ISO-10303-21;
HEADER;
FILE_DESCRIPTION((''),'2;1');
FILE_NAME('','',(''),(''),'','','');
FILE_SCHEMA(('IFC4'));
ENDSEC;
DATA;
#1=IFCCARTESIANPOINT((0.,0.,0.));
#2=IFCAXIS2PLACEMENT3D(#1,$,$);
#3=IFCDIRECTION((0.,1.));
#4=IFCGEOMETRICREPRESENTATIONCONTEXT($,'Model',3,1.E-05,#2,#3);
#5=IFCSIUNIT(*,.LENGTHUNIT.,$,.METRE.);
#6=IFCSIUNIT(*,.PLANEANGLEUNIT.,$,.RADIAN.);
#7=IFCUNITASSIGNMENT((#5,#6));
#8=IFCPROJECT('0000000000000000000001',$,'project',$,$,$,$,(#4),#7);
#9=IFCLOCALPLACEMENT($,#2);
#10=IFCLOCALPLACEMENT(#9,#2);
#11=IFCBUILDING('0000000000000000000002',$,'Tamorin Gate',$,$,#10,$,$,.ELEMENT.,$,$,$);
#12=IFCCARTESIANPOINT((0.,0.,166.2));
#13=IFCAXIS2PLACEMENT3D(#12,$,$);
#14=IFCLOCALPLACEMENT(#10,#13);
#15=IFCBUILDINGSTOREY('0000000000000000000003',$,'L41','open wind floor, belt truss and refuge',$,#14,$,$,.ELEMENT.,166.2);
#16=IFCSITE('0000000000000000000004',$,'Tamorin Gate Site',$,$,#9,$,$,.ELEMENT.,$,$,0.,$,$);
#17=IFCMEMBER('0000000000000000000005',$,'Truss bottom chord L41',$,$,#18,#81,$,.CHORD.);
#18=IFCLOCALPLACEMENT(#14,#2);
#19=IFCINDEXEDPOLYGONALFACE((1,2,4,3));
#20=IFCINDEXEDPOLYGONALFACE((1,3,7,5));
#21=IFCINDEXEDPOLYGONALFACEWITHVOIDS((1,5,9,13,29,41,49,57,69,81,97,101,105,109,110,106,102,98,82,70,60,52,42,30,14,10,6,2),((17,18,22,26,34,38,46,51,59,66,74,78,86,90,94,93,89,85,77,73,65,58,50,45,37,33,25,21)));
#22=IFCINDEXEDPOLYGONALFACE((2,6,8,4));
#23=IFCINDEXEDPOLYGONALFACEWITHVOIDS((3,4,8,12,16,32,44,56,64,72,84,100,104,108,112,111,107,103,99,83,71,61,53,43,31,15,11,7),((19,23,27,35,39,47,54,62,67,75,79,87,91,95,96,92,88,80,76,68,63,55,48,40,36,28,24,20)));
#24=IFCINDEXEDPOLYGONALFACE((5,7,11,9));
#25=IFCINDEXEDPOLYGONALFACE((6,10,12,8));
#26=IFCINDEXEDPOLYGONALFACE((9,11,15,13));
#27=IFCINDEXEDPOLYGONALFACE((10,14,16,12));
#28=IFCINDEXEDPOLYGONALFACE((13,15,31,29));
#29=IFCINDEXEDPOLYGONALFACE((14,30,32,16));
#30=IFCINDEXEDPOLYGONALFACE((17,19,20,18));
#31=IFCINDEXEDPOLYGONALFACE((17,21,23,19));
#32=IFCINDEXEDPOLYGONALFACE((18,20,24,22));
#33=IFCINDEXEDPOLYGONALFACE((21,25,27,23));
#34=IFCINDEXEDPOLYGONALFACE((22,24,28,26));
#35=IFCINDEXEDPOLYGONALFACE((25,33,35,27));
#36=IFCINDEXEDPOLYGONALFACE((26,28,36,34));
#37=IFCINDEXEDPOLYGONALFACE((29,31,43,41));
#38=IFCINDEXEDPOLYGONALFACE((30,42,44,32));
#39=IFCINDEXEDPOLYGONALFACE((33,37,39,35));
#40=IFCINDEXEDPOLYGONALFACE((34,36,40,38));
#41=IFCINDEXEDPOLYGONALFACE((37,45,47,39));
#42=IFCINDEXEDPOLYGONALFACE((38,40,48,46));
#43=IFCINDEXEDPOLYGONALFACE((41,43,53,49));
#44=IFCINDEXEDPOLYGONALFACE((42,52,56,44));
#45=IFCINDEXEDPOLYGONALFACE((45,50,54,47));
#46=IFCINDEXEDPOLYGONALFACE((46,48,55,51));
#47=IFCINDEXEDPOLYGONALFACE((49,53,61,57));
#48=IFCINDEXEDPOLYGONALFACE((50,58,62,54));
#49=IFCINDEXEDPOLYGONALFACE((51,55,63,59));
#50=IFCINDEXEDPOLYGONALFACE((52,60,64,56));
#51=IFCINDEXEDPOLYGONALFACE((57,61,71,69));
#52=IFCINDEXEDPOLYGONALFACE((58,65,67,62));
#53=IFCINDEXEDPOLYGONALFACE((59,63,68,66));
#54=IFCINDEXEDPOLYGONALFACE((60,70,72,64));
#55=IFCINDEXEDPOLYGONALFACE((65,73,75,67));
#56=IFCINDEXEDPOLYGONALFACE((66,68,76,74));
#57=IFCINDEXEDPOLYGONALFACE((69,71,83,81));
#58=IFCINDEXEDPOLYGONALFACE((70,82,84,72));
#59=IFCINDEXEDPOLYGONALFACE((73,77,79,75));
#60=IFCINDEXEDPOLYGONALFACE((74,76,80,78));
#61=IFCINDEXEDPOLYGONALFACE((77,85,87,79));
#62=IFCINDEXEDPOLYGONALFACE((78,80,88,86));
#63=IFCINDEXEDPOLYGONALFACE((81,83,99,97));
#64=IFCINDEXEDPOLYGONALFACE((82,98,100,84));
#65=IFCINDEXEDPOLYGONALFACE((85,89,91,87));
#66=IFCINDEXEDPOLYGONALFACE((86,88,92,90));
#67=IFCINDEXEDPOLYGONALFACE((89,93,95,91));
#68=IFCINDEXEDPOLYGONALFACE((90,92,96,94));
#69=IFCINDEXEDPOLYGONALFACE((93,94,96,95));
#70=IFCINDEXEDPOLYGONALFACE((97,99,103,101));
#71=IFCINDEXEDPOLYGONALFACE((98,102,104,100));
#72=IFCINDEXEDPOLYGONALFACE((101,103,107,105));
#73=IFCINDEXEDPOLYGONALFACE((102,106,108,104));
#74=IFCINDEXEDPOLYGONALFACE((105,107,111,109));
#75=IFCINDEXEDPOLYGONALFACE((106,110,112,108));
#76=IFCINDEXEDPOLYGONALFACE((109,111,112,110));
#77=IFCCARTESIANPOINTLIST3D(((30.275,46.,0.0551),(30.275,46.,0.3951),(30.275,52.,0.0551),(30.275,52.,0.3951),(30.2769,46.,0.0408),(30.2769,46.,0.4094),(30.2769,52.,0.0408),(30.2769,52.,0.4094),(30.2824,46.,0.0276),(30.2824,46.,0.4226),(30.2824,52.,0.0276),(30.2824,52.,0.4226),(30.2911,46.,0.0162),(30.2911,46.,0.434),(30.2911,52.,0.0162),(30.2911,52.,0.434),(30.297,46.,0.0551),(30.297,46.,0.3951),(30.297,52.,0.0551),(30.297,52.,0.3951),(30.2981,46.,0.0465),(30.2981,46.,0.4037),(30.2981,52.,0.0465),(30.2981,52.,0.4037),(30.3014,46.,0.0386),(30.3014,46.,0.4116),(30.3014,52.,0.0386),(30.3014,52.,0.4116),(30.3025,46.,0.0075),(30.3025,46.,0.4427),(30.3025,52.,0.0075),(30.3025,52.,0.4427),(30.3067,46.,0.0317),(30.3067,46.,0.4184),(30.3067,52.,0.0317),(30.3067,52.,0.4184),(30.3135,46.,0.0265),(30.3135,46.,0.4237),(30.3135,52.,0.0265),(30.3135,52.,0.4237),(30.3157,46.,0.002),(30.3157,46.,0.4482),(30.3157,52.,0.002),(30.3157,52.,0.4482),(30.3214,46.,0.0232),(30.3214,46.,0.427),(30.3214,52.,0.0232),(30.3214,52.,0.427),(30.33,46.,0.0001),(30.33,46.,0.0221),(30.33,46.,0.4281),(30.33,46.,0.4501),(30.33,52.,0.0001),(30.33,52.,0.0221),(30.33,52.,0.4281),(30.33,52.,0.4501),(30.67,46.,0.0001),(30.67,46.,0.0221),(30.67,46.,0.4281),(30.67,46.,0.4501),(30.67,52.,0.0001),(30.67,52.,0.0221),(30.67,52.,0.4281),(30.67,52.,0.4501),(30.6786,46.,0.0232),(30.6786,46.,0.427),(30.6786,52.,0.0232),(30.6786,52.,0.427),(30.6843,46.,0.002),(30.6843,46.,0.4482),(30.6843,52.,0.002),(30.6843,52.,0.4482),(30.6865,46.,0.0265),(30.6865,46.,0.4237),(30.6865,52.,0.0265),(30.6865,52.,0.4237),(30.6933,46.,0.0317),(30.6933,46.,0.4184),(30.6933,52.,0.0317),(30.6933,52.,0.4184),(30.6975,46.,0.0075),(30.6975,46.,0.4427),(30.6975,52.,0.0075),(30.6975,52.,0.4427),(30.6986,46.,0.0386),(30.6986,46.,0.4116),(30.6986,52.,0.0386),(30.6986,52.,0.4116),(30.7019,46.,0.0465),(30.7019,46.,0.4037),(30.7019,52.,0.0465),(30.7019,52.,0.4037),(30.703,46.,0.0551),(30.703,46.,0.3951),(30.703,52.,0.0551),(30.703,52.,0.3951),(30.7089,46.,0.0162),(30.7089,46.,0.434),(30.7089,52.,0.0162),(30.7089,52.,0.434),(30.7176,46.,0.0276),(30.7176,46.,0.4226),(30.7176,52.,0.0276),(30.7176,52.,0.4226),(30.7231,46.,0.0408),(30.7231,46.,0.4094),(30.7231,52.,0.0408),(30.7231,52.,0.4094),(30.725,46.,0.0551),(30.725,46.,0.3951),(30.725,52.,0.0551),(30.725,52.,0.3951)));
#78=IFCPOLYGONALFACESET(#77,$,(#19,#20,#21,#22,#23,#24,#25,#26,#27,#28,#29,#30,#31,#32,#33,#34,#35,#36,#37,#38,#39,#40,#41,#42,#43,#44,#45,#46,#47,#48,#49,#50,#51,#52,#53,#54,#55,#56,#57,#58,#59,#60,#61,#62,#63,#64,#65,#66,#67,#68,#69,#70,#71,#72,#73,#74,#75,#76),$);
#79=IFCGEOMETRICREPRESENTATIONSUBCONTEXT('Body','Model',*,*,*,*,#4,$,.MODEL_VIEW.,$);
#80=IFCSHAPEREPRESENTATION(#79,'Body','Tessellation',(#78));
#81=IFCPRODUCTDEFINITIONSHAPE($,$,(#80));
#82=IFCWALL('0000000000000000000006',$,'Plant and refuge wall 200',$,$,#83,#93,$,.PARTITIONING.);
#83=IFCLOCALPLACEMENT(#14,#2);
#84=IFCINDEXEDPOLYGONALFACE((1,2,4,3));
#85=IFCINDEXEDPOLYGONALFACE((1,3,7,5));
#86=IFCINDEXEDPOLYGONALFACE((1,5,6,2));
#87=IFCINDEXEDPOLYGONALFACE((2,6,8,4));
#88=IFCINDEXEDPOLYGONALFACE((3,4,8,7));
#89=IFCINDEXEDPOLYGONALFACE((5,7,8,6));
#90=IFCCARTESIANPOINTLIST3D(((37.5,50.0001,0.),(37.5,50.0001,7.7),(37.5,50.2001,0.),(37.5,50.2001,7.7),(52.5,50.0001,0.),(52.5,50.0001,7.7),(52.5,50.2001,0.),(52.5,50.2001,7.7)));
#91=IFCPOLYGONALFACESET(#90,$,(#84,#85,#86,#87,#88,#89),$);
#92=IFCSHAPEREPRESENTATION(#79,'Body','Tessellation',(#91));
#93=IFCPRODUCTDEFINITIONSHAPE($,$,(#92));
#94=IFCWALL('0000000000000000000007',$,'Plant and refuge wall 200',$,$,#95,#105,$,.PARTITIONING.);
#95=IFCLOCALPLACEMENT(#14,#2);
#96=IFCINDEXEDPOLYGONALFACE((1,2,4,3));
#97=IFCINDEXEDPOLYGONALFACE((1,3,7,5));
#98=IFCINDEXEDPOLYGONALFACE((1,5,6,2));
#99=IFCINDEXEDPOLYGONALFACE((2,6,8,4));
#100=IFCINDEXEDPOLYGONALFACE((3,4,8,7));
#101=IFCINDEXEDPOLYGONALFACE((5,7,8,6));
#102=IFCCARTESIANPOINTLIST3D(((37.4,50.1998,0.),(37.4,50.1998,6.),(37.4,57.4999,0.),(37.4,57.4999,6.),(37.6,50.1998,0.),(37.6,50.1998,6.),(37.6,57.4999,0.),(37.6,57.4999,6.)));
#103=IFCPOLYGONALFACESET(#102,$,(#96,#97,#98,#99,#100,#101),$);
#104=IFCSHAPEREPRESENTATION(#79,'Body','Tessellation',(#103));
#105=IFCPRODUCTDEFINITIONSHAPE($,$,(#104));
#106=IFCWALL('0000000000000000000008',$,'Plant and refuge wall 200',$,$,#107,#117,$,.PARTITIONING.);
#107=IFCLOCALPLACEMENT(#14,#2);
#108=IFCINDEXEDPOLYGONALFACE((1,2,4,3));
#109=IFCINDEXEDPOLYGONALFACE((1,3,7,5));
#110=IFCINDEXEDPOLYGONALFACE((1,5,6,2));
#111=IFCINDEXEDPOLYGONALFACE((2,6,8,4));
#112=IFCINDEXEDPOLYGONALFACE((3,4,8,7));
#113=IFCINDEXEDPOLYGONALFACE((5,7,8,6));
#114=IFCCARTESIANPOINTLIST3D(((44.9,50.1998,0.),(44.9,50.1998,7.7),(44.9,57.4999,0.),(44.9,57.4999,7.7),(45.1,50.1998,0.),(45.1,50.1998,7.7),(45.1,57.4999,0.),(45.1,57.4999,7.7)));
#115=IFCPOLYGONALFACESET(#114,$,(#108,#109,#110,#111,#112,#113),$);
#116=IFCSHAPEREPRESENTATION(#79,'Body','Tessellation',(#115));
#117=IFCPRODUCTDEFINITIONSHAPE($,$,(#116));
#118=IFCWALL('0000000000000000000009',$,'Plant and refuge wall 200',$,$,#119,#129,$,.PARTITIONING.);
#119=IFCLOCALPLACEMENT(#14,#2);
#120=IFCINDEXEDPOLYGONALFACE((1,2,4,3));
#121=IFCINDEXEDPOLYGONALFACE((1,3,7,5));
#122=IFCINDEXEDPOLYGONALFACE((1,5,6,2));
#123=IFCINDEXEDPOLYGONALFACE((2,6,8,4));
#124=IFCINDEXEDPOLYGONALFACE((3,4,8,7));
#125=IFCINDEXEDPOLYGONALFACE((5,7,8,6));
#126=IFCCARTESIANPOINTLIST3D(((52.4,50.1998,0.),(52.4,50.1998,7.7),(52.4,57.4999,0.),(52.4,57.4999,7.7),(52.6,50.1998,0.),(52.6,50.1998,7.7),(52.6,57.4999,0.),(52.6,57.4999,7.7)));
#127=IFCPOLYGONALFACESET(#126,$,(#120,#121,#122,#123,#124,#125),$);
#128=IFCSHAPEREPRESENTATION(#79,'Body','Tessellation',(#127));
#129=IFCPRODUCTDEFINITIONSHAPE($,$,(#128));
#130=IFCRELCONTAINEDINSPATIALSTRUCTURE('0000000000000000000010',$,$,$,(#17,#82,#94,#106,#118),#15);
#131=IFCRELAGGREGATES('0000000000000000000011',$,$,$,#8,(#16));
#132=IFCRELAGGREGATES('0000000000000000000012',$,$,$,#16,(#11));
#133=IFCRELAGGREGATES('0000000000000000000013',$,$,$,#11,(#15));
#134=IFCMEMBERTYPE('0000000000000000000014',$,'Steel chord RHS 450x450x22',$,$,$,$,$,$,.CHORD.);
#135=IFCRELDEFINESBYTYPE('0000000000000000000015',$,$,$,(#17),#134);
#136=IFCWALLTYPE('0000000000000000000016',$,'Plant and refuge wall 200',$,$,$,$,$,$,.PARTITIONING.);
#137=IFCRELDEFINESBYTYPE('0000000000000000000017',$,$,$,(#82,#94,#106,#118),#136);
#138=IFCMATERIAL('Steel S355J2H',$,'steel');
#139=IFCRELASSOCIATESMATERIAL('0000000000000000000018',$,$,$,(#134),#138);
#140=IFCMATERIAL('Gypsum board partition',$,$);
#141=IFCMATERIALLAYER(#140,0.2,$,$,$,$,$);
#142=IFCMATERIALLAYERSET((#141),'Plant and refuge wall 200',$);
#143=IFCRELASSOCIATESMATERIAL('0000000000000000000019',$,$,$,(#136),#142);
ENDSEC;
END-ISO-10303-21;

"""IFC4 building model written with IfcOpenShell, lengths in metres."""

from ifc_helpers import new_model, si_unit, direction, frame, frame_2d, origin, origin_2d, place, context, subcontext, project, spatial, rectangle, hollow_rectangle, extrude, material, layer, layer_set, material_profile, profile_set, type_object, element, save


model = new_model("IFC4")

# Units and contexts
model_context = context("Model", 3, precision=1e-05, world=origin(), true_north=direction((0.0, 1.0)))
body_context = subcontext(model_context, "Body", "Model", "MODEL_VIEW")
ifc_project = project(units=[si_unit("LENGTHUNIT", "METRE"), si_unit("PLANEANGLEUNIT", "RADIAN")], contexts=[model_context])

# Site, building, storey
site_placement = place(None, origin())
site = spatial("IfcSite", under=ifc_project, at=site_placement, Name="Tamorin Gate Site", CompositionType="ELEMENT", RefElevation=0.0)
building_placement = place(site_placement, origin())
building = spatial("IfcBuilding", under=site, at=building_placement, Name="Tamorin Gate", CompositionType="ELEMENT")
storey_placement = place(building_placement, frame((0.0, 0.0, 166.2)))
storey = spatial("IfcBuildingStorey", under=building, at=storey_placement, Name="L41", Description="open wind floor, belt truss and refuge", CompositionType="ELEMENT", Elevation=166.2)

# Member
ifc_material_1 = material(Name="Steel S355J2H", Category="steel")
ifc_material_profile_1 = material_profile(ifc_material_1, hollow_rectangle(XDim=0.45, YDim=0.45, WallThickness=0.022, InnerFilletRadius=0.033, OuterFilletRadius=0.0549, at=origin_2d()), Name="RHS 450x450x22")
ifc_profile_set_1 = profile_set([ifc_material_profile_1], Name="Steel S355J2H")
member_type = type_object("IfcMemberType", Name="Steel chord RHS 450x450x22", PredefinedType="CHORD", material=ifc_profile_set_1)
member_1_placement = place(storey_placement, frame((30.5, 52.0, 0.2251), z_axis=(0.0, -1.0, 0.0), x_axis=(1.0, 0.0, 0.0)))
element("IfcMember", 1, at=member_1_placement, inside=storey, type_object=member_type, Name="Truss bottom chord L41", PredefinedType="CHORD", context=body_context, shape_type="SweptSolid", body=[
    extrude(hollow_rectangle(XDim=0.45, YDim=0.45, WallThickness=0.022, InnerFilletRadius=0.033, OuterFilletRadius=0.0549, at=origin_2d()), origin(), (0.0, 0.0, 1.0), 6.0),
])

# Walls
ifc_material_2 = material(Name="Gypsum board partition")
ifc_layer = layer(ifc_material_2, 0.2)
ifc_layer_set = layer_set([ifc_layer], Name="Plant and refuge wall 200")
wall_type = type_object("IfcWallType", Name="Plant and refuge wall 200", PredefinedType="PARTITIONING", material=ifc_layer_set)
wall_1_placement = place(storey_placement, frame((37.5, 50.1001, 0.0), z_axis=(0.0, 0.0, 1.0), x_axis=(1.0, 0.0, 0.0)))
element("IfcWall", 2, at=wall_1_placement, inside=storey, type_object=wall_type, Name="Plant and refuge wall 200", PredefinedType="PARTITIONING", context=body_context, shape_type="SweptSolid", body=[
    extrude(rectangle(XDim=15.0, YDim=0.2, at=frame_2d((7.5, 0.0))), origin(), (0.0, 0.0, 1.0), 7.7),
])
wall_2_placement = place(storey_placement, frame((37.5, 50.2, 0.0), z_axis=(0.0, 0.0, 1.0), x_axis=(0.0, 1.0, 0.0)))
element("IfcWall", 3, at=wall_2_placement, inside=storey, type_object=wall_type, Name="Plant and refuge wall 200", PredefinedType="PARTITIONING", context=body_context, shape_type="SweptSolid", body=[
    extrude(rectangle(XDim=7.3, YDim=0.2, at=frame_2d((3.6499, 0.0))), origin(), (0.0, 0.0, 1.0), 6.0),
])
for number, where, z_axis, x_axis, name in (
    (4, (45.0, 50.2, 0.0), (0.0, 0.0, 1.0), (0.0, 1.0, 0.0), "Plant and refuge wall 200"),
    (5, (52.5, 50.2, 0.0), (0.0, 0.0, 1.0), (0.0, 1.0, 0.0), "Plant and refuge wall 200"),
):
    element("IfcWall", number, at=place(storey_placement, frame(where, z_axis=z_axis, x_axis=x_axis)), inside=storey, type_object=wall_type, Name=name, PredefinedType="PARTITIONING", context=body_context, shape_type="SweptSolid", body=[
        extrude(rectangle(XDim=7.3, YDim=0.2, at=frame_2d((3.6499, 0.0))), origin(), (0.0, 0.0, 1.0), 7.7),
    ])

save(model, "model.ifc")
